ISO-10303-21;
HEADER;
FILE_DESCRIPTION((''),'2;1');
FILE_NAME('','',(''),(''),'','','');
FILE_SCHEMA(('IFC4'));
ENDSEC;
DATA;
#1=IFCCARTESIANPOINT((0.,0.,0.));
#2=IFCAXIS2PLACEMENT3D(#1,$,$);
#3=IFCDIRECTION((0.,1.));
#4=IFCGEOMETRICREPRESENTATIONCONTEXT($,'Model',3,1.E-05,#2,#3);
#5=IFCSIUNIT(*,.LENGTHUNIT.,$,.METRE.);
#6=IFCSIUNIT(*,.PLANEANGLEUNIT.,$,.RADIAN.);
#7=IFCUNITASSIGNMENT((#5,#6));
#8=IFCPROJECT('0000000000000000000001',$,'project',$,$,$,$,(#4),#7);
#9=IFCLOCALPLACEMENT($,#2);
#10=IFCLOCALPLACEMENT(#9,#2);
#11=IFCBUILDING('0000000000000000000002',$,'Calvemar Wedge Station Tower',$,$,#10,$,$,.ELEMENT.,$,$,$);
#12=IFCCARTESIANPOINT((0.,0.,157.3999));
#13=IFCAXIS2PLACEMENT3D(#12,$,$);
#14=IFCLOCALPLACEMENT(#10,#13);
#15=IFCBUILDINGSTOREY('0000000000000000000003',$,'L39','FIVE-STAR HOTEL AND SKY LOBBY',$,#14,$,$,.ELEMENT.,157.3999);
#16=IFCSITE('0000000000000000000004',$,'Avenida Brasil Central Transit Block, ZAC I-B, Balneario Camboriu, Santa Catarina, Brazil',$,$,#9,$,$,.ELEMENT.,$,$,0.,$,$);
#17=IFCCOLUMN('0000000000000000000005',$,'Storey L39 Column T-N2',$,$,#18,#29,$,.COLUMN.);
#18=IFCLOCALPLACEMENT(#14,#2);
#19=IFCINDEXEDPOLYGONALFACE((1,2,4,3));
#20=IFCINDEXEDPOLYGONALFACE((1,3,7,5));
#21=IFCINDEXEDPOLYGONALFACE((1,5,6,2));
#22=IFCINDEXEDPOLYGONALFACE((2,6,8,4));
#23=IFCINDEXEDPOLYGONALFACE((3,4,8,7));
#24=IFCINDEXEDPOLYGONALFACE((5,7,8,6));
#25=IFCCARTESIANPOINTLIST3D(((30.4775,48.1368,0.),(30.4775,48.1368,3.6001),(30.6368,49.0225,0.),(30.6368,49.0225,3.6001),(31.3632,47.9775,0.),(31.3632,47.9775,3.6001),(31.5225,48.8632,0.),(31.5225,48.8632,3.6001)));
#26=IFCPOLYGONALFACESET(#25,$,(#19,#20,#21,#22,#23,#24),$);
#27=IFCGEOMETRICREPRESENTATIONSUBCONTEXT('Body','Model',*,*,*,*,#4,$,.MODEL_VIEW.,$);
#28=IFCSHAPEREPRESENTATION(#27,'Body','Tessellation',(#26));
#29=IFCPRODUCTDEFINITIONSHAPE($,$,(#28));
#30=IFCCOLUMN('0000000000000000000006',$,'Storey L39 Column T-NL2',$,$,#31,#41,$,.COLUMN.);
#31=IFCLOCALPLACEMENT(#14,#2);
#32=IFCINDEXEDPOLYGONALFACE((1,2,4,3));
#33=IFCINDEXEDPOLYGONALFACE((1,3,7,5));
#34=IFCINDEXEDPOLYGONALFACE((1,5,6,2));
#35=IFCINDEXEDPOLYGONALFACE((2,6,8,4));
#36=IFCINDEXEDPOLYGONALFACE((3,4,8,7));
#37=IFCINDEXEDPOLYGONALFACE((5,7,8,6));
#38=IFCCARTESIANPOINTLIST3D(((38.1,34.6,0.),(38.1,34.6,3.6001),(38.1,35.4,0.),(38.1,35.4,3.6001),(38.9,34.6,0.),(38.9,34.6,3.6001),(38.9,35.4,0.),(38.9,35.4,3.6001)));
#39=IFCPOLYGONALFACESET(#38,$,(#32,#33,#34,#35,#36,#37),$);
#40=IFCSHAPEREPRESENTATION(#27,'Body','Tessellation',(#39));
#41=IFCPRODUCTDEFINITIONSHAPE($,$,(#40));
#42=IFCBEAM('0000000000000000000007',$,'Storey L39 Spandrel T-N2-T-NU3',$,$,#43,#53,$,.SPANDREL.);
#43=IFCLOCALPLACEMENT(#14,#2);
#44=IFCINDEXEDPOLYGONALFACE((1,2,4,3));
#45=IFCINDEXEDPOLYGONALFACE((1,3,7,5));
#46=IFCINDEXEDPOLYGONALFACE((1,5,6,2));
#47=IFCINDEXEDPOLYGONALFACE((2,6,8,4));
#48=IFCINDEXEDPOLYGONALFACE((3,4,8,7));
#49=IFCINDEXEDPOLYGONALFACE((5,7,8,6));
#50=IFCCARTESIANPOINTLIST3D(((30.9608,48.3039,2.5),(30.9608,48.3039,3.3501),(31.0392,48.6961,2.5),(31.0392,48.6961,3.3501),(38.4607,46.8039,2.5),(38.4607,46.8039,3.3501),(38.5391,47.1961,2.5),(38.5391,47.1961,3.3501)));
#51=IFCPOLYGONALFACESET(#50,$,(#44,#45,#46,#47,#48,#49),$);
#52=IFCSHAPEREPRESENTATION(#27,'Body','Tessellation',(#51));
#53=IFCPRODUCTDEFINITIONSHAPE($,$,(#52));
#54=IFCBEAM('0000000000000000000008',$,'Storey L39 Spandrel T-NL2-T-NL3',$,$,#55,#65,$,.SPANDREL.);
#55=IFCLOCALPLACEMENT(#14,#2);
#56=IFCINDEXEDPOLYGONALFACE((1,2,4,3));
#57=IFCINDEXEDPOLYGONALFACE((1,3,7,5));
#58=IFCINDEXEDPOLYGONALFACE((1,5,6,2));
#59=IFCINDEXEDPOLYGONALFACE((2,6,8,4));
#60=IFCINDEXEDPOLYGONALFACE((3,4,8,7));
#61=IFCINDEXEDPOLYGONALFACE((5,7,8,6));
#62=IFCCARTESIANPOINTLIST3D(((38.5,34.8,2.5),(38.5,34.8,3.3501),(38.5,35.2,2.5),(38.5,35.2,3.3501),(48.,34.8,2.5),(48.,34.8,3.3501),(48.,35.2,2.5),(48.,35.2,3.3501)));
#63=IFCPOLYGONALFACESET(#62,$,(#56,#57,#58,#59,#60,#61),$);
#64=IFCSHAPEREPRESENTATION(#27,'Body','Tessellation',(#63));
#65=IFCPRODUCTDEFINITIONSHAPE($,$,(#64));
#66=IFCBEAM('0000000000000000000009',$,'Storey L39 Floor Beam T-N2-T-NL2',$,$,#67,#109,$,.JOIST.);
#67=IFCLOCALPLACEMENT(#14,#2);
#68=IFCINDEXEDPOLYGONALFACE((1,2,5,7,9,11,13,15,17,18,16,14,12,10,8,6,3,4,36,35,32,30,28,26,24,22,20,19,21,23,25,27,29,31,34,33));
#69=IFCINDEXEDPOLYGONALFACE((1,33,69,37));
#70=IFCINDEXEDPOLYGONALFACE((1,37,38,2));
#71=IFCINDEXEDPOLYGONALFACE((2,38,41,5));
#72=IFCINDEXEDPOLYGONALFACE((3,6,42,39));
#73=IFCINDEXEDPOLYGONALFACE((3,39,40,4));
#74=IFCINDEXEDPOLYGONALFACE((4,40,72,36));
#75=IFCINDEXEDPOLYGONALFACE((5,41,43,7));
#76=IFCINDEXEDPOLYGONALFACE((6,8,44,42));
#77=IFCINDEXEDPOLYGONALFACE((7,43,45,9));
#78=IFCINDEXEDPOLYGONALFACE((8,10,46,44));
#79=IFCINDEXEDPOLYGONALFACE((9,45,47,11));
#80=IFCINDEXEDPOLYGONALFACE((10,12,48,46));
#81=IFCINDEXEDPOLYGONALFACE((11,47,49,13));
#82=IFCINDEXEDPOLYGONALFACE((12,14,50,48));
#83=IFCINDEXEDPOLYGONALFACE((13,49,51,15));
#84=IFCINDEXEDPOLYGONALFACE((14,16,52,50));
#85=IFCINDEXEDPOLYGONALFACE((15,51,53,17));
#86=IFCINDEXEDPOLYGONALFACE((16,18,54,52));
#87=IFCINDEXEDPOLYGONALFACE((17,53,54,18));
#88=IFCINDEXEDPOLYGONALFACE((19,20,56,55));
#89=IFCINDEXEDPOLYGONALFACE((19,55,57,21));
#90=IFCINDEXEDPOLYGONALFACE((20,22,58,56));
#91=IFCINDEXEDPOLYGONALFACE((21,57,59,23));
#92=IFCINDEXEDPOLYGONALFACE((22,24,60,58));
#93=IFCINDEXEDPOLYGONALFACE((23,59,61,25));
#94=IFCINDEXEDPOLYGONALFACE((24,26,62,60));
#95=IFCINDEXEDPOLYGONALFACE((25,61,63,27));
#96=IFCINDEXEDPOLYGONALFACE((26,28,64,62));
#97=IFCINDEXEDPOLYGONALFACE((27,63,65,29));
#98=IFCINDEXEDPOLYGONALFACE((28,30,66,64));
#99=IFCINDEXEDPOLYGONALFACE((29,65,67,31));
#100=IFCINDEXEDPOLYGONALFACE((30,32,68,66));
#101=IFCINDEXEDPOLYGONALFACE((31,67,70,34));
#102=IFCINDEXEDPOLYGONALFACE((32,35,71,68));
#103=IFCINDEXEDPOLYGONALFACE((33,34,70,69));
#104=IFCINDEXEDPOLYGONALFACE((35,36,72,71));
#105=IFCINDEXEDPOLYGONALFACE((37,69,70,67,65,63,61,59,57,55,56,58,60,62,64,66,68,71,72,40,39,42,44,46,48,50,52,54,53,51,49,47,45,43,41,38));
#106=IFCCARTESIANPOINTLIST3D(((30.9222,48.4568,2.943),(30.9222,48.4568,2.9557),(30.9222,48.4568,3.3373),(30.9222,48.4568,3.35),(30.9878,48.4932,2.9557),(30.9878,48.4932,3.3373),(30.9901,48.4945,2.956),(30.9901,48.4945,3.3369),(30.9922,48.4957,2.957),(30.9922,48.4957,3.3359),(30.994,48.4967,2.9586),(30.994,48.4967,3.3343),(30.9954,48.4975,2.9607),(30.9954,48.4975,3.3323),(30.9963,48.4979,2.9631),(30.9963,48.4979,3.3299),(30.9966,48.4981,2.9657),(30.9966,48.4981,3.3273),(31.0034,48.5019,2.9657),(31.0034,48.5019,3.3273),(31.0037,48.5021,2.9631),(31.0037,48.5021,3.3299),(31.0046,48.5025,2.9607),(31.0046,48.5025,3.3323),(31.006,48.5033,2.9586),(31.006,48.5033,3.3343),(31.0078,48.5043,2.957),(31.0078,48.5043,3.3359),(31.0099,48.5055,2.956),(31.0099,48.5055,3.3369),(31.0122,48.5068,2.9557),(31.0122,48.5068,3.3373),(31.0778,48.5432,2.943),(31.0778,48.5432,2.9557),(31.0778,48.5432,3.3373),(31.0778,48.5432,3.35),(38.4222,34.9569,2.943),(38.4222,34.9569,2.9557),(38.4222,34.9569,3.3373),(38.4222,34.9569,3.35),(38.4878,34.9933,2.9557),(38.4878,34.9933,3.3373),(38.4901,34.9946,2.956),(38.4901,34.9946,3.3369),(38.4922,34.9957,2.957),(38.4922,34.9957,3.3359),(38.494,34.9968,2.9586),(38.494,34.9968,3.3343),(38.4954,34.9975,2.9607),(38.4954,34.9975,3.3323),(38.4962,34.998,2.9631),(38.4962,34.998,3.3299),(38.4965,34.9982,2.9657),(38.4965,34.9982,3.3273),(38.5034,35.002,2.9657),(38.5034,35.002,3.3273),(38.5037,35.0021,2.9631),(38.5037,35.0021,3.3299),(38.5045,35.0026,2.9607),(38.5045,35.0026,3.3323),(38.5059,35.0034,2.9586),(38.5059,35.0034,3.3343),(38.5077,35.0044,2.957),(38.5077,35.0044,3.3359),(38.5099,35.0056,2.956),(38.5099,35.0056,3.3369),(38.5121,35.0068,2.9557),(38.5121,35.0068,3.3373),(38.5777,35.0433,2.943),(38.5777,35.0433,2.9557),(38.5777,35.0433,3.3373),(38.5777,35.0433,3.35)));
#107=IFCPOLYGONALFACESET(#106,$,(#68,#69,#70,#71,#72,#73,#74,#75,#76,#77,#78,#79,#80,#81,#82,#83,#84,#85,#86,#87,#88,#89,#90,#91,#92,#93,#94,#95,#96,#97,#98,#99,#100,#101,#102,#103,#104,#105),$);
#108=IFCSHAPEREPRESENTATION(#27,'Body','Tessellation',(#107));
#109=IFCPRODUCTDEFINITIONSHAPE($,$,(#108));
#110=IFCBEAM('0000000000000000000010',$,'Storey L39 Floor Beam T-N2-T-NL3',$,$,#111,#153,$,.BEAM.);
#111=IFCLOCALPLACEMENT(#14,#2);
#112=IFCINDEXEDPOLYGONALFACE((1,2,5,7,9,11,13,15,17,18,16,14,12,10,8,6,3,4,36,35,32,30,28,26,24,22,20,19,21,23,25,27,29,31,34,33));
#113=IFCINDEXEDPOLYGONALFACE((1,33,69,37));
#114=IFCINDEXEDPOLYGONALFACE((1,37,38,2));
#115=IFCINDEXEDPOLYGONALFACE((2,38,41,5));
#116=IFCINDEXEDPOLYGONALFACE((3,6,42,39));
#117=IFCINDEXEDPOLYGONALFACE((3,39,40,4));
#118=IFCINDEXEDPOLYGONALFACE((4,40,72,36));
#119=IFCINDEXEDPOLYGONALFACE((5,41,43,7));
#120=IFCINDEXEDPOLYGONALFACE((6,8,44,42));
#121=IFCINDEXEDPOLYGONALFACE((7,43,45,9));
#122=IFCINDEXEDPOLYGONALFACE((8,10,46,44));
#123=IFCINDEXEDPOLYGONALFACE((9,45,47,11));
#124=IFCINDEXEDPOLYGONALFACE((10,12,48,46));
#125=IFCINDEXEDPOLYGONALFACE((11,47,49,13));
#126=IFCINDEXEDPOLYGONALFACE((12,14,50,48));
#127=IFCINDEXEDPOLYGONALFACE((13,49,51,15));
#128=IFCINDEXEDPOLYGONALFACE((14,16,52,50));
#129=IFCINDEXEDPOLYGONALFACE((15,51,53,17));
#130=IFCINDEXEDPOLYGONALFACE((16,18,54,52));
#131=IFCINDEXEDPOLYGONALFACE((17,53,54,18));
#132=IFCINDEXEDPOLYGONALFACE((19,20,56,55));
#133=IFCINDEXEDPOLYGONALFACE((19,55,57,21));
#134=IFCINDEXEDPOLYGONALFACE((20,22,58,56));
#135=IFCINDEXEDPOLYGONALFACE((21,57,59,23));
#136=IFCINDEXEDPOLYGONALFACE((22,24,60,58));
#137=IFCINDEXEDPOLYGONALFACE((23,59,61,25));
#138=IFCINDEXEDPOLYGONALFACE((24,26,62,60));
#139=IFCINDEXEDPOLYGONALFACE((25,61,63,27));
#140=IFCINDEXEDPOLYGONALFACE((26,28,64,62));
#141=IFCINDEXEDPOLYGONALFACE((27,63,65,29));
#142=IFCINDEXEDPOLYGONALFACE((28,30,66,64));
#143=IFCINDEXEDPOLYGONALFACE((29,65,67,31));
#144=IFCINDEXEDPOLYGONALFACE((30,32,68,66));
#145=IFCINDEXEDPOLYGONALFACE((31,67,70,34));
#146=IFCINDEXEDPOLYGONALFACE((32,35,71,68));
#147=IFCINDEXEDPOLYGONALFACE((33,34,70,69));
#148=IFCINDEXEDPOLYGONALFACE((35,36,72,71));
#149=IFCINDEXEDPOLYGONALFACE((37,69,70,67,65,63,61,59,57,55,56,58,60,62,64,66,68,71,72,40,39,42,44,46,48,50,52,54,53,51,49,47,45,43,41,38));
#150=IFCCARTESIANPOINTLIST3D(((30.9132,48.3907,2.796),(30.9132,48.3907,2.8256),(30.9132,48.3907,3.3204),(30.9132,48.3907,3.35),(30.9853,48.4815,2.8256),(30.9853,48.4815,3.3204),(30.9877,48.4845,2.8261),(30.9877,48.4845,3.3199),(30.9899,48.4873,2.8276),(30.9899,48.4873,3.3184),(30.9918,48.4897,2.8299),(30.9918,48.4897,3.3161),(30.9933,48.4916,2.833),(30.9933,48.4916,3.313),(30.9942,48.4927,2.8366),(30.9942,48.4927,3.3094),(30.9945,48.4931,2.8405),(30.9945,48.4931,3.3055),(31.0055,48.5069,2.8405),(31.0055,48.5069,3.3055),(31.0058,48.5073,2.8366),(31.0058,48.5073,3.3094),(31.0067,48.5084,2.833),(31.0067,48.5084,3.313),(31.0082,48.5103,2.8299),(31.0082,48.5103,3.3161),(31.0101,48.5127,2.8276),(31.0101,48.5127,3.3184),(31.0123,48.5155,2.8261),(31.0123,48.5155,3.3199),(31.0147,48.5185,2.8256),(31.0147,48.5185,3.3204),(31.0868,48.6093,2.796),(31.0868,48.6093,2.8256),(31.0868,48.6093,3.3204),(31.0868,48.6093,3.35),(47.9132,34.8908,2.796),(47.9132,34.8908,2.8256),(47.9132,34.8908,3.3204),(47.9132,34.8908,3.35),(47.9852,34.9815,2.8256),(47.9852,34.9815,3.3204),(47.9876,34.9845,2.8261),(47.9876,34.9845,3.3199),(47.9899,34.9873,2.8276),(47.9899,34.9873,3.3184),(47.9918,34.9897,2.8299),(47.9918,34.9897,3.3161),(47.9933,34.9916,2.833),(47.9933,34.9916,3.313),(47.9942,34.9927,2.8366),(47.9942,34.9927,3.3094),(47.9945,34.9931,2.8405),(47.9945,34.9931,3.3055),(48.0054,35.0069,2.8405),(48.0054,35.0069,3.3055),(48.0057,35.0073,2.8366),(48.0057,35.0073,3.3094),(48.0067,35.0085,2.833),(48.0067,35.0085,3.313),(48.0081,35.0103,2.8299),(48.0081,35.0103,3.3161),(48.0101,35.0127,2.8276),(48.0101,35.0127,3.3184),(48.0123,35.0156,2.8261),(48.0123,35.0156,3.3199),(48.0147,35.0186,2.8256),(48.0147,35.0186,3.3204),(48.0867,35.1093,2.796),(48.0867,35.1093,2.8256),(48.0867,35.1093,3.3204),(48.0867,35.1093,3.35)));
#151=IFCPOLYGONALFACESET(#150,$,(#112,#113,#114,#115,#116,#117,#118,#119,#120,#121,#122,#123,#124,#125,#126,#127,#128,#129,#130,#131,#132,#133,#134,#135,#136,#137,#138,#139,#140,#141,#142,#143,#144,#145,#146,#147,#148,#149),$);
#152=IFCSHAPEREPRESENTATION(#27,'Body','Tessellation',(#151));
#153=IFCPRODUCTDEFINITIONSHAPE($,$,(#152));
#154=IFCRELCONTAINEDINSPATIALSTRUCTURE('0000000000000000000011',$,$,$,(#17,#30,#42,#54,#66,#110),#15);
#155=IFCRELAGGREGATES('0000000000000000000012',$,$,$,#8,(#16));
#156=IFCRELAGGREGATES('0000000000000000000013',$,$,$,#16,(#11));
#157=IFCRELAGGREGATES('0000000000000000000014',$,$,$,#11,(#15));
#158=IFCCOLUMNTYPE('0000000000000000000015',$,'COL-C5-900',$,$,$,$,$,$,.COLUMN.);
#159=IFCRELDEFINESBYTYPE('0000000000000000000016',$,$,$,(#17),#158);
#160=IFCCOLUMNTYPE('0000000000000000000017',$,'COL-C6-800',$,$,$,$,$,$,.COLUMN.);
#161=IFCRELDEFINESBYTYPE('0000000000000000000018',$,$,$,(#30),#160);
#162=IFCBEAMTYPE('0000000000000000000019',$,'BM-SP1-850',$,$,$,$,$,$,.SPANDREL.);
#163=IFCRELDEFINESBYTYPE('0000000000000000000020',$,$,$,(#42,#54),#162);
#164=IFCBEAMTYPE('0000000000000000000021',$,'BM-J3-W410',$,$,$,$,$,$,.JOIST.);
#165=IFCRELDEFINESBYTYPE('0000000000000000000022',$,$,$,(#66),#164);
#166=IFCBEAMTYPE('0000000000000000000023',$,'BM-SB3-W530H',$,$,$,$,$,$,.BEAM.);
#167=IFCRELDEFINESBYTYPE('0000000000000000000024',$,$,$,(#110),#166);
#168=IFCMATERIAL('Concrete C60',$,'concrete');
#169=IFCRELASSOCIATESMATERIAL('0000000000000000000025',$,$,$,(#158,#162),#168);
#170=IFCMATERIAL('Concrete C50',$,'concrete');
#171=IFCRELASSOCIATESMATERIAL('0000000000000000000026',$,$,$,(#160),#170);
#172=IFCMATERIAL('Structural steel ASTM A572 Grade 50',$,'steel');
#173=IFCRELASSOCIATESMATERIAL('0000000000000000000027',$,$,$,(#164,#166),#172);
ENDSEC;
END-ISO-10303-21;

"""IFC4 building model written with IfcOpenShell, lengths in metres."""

from ifc_helpers import new_model, si_unit, direction, frame, origin, origin_2d, place, context, subcontext, project, spatial, rectangle, i_section, extrude, source, transform, mapped, material, material_profile, profile_set, type_object, element, save


model = new_model("IFC4")

# Units and contexts
model_context = context("Model", 3, precision=1e-05, world=origin(), true_north=direction((0.0, 1.0)))
body_context = subcontext(model_context, "Body", "Model", "MODEL_VIEW")
ifc_project = project(units=[si_unit("LENGTHUNIT", "METRE"), si_unit("PLANEANGLEUNIT", "RADIAN")], contexts=[model_context])

# Site, building, storey
site_placement = place(None, origin())
site = spatial("IfcSite", under=ifc_project, at=site_placement, Name="Avenida Brasil Central Transit Block, ZAC I-B, Balneario Camboriu, Santa Catarina, Brazil", CompositionType="ELEMENT", RefElevation=0.0)
building_placement = place(site_placement, origin())
building = spatial("IfcBuilding", under=site, at=building_placement, Name="Calvemar Wedge Station Tower", CompositionType="ELEMENT")
storey_placement = place(building_placement, frame((0.0, 0.0, 157.3999)))
storey = spatial("IfcBuildingStorey", under=building, at=storey_placement, Name="L39", Description="FIVE-STAR HOTEL AND SKY LOBBY", CompositionType="ELEMENT", Elevation=157.3999)

# Columns
ifc_material_1 = material(Name="Concrete C60", Category="concrete")
ifc_material_profile_1 = material_profile(ifc_material_1, rectangle(XDim=0.8999, YDim=0.8999, at=origin_2d()), Name="RC900x900")
ifc_profile_set_1 = profile_set([ifc_material_profile_1], Name="Concrete C60")
column_type_1 = type_object("IfcColumnType", Name="COL-C5-900", PredefinedType="COLUMN", material=ifc_profile_set_1)
shared_shape_1 = source(origin(), body_context, "Body", "SweptSolid", [
    extrude(rectangle(XDim=0.8999, YDim=0.8999, at=origin_2d()), origin(), (0.0, 0.0, 1.0), 3.6001),
])
column_1_placement = place(storey_placement, frame((31.0, 48.5, 0.0), z_axis=(0.0, 0.0, 1.0), x_axis=(0.984196, -0.177085, 0.0)))
element("IfcColumn", 1, at=column_1_placement, inside=storey, type_object=column_type_1, Name="Storey L39 Column T-N2", PredefinedType="COLUMN", context=body_context, shape_type="MappedRepresentation", body=[
    mapped(shared_shape_1, transform((0.0, 0.0, 0.0), scale=1.0)),
])
ifc_material_2 = material(Name="Concrete C50", Category="concrete")
ifc_material_profile_2 = material_profile(ifc_material_2, rectangle(XDim=0.8, YDim=0.8, at=origin_2d()), Name="RC800x800")
ifc_profile_set_2 = profile_set([ifc_material_profile_2], Name="Concrete C50")
column_type_2 = type_object("IfcColumnType", Name="COL-C6-800", PredefinedType="COLUMN", material=ifc_profile_set_2)
shared_shape_2 = source(origin(), body_context, "Body", "SweptSolid", [
    extrude(rectangle(XDim=0.8, YDim=0.8, at=origin_2d()), origin(), (0.0, 0.0, 1.0), 3.6001),
])
column_2_placement = place(storey_placement, frame((38.5, 35.0, 0.0), z_axis=(0.0, 0.0, 1.0), x_axis=(1.0, 0.0, 0.0)))
element("IfcColumn", 2, at=column_2_placement, inside=storey, type_object=column_type_2, Name="Storey L39 Column T-NL2", PredefinedType="COLUMN", context=body_context, shape_type="MappedRepresentation", body=[
    mapped(shared_shape_2, transform((0.0, 0.0, 0.0), scale=1.0)),
])

# Beams
ifc_material_profile_3 = material_profile(ifc_material_1, rectangle(XDim=0.3999, YDim=0.8501, at=origin_2d()), Name="RC400x850")
ifc_profile_set_3 = profile_set([ifc_material_profile_3], Name="Concrete C60")
beam_type_1 = type_object("IfcBeamType", Name="BM-SP1-850", PredefinedType="SPANDREL", material=ifc_profile_set_3)
shared_shape_3 = source(origin(), body_context, "Body", "SweptSolid", [
    extrude(rectangle(XDim=0.3999, YDim=0.8501, at=origin_2d()), origin(), (0.0, 0.0, 1.0), 7.6484),
])
beam_1_placement = place(storey_placement, frame((31.0, 48.5, 2.925), z_axis=(0.980581, -0.196116, 0.0), x_axis=(0.196116, 0.980581, 0.0)))
element("IfcBeam", 3, at=beam_1_placement, inside=storey, type_object=beam_type_1, Name="Storey L39 Spandrel T-N2-T-NU3", PredefinedType="SPANDREL", context=body_context, shape_type="MappedRepresentation", body=[
    mapped(shared_shape_3, transform((0.0, 0.0, 0.0), scale=1.0)),
])
shared_shape_4 = source(origin(), body_context, "Body", "SweptSolid", [
    extrude(rectangle(XDim=0.3999, YDim=0.8501, at=origin_2d()), origin(), (0.0, 0.0, 1.0), 9.5),
])
beam_2_placement = place(storey_placement, frame((38.5, 35.0, 2.925), z_axis=(1.0, 0.0, 0.0), x_axis=(0.0, 1.0, 0.0)))
element("IfcBeam", 4, at=beam_2_placement, inside=storey, type_object=beam_type_1, Name="Storey L39 Spandrel T-NL2-T-NL3", PredefinedType="SPANDREL", context=body_context, shape_type="MappedRepresentation", body=[
    mapped(shared_shape_4, transform((0.0, 0.0, 0.0), scale=1.0)),
])
ifc_material_3 = material(Name="Structural steel ASTM A572 Grade 50", Category="steel")
ifc_material_profile_4 = material_profile(ifc_material_3, i_section(OverallWidth=0.178, OverallDepth=0.407, WebThickness=0.0078, FlangeThickness=0.0127, FilletRadius=0.01, at=origin_2d()), Name="W410x60")
ifc_profile_set_4 = profile_set([ifc_material_profile_4], Name="Structural steel ASTM A572 Grade 50")
beam_type_2 = type_object("IfcBeamType", Name="BM-J3-W410", PredefinedType="JOIST", material=ifc_profile_set_4)
shared_shape_5 = source(origin(), body_context, "Body", "SweptSolid", [
    extrude(i_section(OverallWidth=0.178, OverallDepth=0.407, WebThickness=0.0078, FlangeThickness=0.0127, FilletRadius=0.01, at=origin_2d()), origin(), (0.0, 0.0, 1.0), 15.4434),
])
beam_3_placement = place(storey_placement, frame((31.0, 48.5, 3.1465), z_axis=(0.485643, -0.874157, 0.0), x_axis=(0.874157, 0.485643, 0.0)))
element("IfcBeam", 5, at=beam_3_placement, inside=storey, type_object=beam_type_2, Name="Storey L39 Floor Beam T-N2-T-NL2", PredefinedType="JOIST", context=body_context, shape_type="MappedRepresentation", body=[
    mapped(shared_shape_5, transform((0.0, 0.0, 0.0), scale=1.0)),
])
ifc_material_profile_5 = material_profile(ifc_material_3, i_section(OverallWidth=0.2791, OverallDepth=0.554, WebThickness=0.0176, FlangeThickness=0.0295, FilletRadius=0.0149, at=origin_2d()), Name="W530x196")
ifc_profile_set_5 = profile_set([ifc_material_profile_5], Name="Structural steel ASTM A572 Grade 50")
beam_type_3 = type_object("IfcBeamType", Name="BM-SB3-W530H", PredefinedType="BEAM", material=ifc_profile_set_5)
shared_shape_6 = source(origin(), body_context, "Body", "SweptSolid", [
    extrude(i_section(OverallWidth=0.2791, OverallDepth=0.554, WebThickness=0.0176, FlangeThickness=0.0295, FilletRadius=0.0149, at=origin_2d()), origin(), (0.0, 0.0, 1.0), 21.7083),
])
beam_4_placement = place(storey_placement, frame((31.0, 48.5, 3.073), z_axis=(0.783111, -0.621882, 0.0), x_axis=(0.621882, 0.783111, 0.0)))
element("IfcBeam", 6, at=beam_4_placement, inside=storey, type_object=beam_type_3, Name="Storey L39 Floor Beam T-N2-T-NL3", PredefinedType="BEAM", context=body_context, shape_type="MappedRepresentation", body=[
    mapped(shared_shape_6, transform((0.0, 0.0, 0.0), scale=1.0)),
])

save(model, "model.ifc")
